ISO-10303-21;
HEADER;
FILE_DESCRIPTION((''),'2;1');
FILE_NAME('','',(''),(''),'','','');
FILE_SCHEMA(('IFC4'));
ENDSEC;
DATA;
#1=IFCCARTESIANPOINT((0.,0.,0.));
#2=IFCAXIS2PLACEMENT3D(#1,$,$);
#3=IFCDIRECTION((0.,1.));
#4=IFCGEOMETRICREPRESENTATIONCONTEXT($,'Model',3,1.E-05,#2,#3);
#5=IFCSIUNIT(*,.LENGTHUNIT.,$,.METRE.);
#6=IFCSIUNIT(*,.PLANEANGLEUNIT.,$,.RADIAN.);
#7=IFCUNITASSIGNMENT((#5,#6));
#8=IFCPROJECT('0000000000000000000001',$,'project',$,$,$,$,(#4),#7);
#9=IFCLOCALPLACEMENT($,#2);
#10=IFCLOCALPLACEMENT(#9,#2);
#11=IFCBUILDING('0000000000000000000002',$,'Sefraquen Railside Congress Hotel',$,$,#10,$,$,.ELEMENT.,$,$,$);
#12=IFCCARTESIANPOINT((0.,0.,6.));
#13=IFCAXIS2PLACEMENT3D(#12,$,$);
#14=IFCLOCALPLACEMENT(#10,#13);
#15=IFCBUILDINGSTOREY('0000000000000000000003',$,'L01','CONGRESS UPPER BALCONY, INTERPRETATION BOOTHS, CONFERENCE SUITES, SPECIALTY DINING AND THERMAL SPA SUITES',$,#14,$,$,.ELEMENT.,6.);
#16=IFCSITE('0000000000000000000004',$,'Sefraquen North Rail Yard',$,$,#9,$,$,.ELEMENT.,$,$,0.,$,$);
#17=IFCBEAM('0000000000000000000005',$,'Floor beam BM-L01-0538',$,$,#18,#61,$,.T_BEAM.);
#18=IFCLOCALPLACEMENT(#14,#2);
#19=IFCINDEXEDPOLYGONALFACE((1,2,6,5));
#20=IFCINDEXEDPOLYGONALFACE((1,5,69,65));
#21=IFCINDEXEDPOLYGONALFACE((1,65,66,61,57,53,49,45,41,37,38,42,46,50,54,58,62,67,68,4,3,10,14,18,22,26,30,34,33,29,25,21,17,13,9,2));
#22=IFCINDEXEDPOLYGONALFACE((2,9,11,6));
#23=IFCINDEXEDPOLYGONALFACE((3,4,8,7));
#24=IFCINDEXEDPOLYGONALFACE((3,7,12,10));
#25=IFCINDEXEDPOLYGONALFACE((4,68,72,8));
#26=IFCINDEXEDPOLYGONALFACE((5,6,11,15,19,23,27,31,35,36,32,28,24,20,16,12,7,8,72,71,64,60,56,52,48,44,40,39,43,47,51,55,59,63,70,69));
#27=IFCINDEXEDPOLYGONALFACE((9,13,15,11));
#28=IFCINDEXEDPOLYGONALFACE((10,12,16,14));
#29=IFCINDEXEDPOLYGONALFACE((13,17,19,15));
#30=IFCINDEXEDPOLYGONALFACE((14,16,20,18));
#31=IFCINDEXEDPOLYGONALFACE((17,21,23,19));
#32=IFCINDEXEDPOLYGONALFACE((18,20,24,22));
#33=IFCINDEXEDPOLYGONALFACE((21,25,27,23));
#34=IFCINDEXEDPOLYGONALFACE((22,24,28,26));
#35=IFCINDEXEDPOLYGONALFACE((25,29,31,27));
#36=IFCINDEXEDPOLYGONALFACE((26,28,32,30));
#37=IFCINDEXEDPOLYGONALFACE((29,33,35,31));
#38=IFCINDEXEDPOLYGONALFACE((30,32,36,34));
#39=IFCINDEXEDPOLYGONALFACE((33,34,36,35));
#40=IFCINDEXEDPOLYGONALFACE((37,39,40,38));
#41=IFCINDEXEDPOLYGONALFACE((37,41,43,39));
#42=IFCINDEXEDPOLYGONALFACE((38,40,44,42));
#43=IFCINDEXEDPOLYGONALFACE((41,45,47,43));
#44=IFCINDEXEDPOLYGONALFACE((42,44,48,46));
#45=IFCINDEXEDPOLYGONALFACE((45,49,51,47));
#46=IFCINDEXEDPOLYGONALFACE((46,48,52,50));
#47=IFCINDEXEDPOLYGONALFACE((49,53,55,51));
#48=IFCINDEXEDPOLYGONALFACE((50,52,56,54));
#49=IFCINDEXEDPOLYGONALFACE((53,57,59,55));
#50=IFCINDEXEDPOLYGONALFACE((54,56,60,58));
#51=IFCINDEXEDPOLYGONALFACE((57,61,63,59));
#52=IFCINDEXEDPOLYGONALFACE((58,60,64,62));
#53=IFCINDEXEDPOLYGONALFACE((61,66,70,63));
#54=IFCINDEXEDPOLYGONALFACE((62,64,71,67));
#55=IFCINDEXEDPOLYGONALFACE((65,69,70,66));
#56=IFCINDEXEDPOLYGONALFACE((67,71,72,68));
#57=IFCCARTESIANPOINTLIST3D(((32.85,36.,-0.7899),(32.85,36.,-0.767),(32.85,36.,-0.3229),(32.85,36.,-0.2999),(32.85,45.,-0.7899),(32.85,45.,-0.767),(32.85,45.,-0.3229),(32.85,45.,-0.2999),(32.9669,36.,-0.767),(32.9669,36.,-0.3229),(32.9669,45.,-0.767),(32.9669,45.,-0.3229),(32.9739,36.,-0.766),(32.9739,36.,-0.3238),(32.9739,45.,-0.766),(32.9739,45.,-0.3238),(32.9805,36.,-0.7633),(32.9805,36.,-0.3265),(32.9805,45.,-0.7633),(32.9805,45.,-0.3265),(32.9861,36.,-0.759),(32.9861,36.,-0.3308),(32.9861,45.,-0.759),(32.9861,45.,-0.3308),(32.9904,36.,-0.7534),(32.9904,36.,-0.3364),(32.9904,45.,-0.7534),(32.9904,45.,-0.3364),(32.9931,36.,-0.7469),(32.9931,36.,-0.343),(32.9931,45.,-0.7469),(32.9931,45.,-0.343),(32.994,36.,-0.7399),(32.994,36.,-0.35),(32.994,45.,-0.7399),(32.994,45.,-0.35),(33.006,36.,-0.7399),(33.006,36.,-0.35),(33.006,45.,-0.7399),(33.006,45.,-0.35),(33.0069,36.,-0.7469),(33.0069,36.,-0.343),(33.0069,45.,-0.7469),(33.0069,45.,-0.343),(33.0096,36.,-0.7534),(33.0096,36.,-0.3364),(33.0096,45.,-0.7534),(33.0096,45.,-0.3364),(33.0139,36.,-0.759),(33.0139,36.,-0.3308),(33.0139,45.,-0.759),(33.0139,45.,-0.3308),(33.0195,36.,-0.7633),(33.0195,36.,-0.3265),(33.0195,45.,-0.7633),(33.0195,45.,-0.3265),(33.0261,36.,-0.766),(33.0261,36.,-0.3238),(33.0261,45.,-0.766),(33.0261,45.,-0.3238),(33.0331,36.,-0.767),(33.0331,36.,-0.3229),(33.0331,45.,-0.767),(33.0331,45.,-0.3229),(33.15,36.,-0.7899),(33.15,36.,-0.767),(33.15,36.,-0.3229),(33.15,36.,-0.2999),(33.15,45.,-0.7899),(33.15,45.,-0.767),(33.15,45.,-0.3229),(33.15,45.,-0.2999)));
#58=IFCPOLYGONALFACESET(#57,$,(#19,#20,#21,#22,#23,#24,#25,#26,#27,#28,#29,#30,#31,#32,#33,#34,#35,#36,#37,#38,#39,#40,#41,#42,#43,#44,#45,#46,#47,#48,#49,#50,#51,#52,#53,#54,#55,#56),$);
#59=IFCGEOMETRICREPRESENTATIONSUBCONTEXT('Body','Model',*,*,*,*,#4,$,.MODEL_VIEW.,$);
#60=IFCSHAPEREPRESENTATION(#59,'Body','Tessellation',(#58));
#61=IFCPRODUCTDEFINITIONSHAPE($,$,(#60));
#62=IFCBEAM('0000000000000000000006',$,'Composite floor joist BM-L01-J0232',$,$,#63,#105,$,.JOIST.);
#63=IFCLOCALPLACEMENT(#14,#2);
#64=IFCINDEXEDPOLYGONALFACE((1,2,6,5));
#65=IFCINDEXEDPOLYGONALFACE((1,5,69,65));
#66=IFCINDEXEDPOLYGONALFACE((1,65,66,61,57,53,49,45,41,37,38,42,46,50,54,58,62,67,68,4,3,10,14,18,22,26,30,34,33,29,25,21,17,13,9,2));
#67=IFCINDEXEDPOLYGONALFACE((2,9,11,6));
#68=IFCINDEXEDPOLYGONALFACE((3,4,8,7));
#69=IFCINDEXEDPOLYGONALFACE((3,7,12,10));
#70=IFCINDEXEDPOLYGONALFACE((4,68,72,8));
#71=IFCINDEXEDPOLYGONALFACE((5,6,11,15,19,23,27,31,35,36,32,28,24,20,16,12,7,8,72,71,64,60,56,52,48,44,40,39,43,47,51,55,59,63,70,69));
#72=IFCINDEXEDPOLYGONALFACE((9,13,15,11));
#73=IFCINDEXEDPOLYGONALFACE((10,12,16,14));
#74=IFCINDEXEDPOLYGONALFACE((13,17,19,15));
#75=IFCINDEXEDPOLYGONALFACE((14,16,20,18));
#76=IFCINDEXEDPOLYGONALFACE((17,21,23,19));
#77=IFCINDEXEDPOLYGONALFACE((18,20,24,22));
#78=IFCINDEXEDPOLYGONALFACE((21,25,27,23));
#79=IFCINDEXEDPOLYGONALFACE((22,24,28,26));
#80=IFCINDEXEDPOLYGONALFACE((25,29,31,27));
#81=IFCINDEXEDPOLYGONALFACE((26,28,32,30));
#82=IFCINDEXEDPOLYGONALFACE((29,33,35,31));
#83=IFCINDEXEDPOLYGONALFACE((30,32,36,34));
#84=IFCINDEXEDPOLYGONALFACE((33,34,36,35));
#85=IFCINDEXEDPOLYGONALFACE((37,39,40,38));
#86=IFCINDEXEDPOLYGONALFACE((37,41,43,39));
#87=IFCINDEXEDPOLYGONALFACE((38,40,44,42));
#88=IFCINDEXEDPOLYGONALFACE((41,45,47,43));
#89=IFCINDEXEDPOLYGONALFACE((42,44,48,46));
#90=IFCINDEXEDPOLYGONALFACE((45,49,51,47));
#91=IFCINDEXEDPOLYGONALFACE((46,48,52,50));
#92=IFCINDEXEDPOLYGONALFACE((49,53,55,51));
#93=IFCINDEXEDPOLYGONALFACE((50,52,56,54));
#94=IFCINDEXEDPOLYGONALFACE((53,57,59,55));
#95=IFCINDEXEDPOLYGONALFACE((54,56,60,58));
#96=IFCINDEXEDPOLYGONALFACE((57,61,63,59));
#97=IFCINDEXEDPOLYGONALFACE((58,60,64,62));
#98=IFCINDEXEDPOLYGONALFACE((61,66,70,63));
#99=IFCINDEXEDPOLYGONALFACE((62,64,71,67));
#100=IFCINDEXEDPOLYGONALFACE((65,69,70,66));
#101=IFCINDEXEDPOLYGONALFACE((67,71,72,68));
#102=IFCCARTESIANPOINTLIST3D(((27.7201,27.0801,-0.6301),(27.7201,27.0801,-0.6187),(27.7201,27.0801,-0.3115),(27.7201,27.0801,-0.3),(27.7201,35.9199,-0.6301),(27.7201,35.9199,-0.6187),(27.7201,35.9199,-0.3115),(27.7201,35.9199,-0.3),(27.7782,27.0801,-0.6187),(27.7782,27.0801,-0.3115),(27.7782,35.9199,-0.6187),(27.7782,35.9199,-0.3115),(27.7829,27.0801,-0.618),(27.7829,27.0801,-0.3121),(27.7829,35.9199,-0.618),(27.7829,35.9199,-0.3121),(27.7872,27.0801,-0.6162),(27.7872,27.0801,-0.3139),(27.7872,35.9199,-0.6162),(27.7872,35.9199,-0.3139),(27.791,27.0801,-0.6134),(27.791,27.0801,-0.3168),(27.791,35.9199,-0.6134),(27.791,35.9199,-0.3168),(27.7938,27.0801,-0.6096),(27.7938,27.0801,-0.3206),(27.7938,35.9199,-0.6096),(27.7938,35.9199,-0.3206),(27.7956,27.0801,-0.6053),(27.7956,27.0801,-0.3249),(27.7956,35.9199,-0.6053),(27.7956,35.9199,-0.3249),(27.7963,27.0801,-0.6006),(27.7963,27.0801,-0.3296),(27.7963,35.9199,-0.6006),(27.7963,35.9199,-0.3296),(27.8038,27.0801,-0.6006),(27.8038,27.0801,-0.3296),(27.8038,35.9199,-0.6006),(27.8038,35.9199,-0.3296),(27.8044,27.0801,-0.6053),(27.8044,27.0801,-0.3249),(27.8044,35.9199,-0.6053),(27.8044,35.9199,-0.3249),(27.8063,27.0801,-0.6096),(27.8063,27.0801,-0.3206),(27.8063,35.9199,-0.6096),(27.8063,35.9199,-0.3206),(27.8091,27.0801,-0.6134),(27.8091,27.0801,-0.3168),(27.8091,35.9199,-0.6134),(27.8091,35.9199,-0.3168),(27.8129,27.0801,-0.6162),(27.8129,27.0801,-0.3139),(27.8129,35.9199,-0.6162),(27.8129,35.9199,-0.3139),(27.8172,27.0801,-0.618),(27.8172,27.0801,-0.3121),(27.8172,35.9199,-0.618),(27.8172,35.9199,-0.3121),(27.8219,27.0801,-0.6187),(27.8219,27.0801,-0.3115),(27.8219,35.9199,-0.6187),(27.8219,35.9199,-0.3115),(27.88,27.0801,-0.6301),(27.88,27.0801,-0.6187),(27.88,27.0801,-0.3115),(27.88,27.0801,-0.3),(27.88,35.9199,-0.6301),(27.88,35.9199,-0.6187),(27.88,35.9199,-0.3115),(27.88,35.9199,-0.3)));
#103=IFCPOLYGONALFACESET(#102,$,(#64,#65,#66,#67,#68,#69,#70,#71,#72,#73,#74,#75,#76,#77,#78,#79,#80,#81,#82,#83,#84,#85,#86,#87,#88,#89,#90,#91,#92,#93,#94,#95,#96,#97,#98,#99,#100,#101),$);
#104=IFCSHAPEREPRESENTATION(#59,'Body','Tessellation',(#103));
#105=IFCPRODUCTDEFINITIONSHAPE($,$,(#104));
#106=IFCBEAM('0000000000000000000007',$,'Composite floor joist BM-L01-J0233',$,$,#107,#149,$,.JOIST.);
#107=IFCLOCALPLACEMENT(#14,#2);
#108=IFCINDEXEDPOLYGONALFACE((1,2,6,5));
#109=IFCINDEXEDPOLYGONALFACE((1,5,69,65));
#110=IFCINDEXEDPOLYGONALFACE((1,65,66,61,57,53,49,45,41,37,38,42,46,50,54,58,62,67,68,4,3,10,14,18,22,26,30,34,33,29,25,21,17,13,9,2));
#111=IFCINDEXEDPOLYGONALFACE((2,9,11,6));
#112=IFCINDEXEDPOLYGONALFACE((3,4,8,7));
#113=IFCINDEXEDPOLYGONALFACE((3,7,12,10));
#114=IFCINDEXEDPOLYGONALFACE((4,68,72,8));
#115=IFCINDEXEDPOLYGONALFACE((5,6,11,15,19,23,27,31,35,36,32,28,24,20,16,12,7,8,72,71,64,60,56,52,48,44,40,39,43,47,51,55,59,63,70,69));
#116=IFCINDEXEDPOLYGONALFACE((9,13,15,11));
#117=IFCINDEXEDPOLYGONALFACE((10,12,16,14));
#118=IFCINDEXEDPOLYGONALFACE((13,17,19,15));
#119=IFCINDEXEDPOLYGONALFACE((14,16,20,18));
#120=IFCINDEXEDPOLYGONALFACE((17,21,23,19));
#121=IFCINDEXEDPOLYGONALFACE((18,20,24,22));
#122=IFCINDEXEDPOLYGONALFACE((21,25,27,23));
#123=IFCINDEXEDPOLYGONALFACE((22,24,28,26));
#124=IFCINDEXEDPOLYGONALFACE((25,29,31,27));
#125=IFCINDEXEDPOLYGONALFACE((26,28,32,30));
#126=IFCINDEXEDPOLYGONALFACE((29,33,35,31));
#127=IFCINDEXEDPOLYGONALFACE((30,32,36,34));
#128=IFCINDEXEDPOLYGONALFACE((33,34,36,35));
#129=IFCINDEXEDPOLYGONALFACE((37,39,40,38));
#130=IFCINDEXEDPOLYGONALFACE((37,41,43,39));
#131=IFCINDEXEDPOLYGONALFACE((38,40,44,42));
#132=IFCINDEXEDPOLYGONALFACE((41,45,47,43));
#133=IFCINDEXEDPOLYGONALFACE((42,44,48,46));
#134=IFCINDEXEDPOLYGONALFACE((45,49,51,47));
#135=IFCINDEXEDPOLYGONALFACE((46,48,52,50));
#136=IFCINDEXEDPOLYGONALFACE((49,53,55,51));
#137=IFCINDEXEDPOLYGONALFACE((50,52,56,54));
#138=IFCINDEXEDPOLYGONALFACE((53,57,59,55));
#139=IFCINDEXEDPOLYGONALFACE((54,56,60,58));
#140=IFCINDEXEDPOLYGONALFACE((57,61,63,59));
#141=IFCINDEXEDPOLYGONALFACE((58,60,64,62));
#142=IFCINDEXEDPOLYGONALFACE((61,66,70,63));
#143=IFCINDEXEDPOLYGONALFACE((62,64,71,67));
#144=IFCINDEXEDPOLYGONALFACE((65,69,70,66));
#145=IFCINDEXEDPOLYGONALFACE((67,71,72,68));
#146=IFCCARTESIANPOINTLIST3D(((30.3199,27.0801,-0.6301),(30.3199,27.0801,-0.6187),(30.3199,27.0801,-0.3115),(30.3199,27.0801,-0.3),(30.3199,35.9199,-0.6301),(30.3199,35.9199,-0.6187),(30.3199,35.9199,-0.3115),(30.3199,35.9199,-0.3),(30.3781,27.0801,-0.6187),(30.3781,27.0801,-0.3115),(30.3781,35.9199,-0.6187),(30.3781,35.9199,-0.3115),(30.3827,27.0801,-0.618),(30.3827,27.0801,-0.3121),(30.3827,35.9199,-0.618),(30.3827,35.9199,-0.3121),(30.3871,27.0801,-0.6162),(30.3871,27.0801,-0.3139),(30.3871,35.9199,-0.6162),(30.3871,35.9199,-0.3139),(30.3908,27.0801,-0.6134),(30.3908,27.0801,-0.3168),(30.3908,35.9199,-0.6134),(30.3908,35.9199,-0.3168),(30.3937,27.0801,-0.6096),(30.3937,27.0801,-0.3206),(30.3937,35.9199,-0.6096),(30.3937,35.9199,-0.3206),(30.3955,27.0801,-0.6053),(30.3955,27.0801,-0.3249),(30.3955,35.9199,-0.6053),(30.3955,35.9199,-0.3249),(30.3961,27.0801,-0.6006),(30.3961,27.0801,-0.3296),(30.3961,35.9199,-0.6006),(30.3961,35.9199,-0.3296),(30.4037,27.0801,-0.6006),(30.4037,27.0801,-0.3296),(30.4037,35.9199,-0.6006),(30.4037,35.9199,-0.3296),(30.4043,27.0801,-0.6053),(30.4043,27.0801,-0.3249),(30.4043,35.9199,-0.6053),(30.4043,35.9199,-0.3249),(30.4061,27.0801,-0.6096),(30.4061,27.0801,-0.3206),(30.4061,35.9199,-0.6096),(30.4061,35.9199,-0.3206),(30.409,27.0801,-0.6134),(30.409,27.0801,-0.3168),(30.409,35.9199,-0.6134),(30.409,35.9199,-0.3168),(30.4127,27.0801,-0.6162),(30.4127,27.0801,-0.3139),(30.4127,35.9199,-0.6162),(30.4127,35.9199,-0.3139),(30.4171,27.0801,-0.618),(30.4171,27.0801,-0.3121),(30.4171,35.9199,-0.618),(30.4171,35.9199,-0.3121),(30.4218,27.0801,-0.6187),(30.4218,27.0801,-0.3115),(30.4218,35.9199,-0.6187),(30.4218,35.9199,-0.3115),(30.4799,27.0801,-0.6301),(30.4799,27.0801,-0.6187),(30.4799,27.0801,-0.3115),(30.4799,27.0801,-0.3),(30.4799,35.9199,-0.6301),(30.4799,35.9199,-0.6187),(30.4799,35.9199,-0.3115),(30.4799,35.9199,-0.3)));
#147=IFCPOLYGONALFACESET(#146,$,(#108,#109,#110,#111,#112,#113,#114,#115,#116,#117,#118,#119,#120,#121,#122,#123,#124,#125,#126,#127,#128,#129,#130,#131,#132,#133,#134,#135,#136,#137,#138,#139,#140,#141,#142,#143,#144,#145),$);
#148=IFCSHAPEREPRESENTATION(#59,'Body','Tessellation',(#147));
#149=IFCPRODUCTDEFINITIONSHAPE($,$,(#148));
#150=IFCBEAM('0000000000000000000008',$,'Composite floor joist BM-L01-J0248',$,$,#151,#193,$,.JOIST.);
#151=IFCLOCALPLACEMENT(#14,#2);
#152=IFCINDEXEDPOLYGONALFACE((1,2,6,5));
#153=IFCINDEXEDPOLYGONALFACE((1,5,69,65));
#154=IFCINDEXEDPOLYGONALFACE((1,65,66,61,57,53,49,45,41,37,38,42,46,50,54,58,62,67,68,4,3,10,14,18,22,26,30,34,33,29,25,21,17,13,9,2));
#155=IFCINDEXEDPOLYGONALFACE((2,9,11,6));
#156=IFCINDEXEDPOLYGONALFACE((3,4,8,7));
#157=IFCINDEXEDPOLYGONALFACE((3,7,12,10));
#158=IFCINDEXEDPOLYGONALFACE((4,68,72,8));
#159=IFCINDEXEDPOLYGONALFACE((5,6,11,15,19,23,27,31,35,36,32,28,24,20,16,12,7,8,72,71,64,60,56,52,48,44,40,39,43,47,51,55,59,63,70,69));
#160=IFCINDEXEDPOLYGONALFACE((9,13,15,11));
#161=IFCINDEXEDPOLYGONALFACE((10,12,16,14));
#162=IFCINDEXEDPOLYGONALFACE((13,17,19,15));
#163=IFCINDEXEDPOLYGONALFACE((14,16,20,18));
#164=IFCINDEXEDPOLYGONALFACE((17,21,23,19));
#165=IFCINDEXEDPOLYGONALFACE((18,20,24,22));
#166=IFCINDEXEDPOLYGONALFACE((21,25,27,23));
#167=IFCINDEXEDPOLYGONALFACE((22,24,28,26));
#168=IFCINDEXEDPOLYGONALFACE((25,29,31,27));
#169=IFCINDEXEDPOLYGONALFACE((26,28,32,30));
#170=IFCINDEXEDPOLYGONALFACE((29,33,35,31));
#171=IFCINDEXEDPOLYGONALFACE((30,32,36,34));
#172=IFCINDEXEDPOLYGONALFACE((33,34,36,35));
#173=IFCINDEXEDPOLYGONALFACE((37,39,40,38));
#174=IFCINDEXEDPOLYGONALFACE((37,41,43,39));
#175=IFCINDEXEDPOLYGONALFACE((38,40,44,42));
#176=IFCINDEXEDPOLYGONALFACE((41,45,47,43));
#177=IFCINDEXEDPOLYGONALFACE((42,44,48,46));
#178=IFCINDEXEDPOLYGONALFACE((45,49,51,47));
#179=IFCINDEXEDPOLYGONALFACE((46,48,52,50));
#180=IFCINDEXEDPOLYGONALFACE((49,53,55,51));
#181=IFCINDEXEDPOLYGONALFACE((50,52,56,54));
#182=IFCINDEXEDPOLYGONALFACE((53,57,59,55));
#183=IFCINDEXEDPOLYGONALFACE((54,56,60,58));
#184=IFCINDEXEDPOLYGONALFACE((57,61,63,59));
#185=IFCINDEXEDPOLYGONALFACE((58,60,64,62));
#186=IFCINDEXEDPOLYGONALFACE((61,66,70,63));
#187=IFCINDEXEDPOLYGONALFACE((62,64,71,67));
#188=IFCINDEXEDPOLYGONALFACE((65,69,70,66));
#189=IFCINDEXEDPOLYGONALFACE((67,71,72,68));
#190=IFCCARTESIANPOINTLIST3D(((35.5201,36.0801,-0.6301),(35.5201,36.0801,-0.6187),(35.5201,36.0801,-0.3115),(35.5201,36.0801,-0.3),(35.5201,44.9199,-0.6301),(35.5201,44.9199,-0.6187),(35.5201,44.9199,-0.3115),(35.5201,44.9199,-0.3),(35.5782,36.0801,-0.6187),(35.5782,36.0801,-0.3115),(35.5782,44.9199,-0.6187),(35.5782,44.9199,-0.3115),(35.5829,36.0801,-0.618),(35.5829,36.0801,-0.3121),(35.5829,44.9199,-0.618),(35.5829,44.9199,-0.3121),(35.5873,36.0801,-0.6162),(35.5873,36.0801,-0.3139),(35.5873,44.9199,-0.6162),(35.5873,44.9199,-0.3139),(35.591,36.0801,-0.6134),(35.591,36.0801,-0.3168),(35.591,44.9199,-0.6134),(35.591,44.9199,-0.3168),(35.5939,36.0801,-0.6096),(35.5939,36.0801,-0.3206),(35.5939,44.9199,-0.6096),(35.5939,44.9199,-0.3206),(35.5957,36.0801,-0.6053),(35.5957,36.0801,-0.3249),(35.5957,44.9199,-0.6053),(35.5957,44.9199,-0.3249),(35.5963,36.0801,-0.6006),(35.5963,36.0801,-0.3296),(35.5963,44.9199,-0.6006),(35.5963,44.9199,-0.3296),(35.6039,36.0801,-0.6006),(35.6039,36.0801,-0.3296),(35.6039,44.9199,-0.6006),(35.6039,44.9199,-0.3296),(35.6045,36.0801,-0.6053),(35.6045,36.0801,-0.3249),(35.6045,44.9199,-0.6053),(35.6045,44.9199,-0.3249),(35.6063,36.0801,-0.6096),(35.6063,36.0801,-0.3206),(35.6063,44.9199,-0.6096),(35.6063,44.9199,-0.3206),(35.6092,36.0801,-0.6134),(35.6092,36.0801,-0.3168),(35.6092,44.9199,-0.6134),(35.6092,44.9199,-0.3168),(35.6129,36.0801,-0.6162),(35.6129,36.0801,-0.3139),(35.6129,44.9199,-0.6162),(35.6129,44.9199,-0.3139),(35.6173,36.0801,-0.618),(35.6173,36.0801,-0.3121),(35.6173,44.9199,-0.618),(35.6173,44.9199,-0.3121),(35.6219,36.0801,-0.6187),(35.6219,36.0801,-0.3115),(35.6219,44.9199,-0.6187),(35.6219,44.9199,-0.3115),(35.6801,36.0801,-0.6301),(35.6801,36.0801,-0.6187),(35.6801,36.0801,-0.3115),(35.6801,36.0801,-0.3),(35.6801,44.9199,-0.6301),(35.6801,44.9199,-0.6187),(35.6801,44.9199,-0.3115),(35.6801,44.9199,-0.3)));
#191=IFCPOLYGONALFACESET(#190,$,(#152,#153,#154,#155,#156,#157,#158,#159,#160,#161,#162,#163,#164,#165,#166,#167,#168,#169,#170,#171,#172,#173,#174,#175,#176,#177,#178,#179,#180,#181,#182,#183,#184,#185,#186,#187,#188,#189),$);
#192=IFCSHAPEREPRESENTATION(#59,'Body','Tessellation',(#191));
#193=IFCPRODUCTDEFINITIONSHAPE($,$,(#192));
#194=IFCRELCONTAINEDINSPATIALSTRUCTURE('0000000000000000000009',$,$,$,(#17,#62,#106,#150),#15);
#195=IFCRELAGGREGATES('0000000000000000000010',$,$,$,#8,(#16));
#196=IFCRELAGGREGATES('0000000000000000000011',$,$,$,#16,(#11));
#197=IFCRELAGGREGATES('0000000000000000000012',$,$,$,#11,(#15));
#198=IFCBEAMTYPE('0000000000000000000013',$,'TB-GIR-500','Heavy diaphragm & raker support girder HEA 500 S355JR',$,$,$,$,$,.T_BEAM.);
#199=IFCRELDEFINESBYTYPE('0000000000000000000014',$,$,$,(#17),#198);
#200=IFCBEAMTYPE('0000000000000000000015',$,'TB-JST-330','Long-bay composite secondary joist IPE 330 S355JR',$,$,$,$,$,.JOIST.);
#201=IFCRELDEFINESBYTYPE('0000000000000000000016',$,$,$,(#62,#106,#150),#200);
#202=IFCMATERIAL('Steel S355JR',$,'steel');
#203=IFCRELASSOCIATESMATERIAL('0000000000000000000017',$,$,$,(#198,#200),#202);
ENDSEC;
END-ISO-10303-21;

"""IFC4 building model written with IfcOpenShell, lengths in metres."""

from ifc_helpers import new_model, si_unit, direction, frame, origin, origin_2d, place, context, subcontext, project, spatial, i_section, extrude, material, material_profile, profile_set, type_object, element, save


model = new_model("IFC4")

# Units and contexts
model_context = context("Model", 3, precision=1e-05, world=origin(), true_north=direction((0.0, 1.0)))
body_context = subcontext(model_context, "Body", "Model", "MODEL_VIEW")
ifc_project = project(units=[si_unit("LENGTHUNIT", "METRE"), si_unit("PLANEANGLEUNIT", "RADIAN")], contexts=[model_context])

# Site, building, storey
site_placement = place(None, origin())
site = spatial("IfcSite", under=ifc_project, at=site_placement, Name="Sefraquen North Rail Yard", CompositionType="ELEMENT", RefElevation=0.0)
building_placement = place(site_placement, origin())
building = spatial("IfcBuilding", under=site, at=building_placement, Name="Sefraquen Railside Congress Hotel", CompositionType="ELEMENT")
storey_placement = place(building_placement, frame((0.0, 0.0, 6.0)))
storey = spatial("IfcBuildingStorey", under=building, at=storey_placement, Name="L01", Description="CONGRESS UPPER BALCONY, INTERPRETATION BOOTHS, CONFERENCE SUITES, SPECIALTY DINING AND THERMAL SPA SUITES", CompositionType="ELEMENT", Elevation=6.0)

# Shared definitions
ifc_material_1 = material(Name="Steel S355JR", Category="steel")

# Beams
ifc_material_profile_1 = material_profile(ifc_material_1, i_section(OverallWidth=0.3, OverallDepth=0.49, WebThickness=0.012, FlangeThickness=0.0229, FilletRadius=0.0271, at=origin_2d()), Name="HEA 500")
ifc_profile_set_1 = profile_set([ifc_material_profile_1], Name="Steel S355JR")
beam_type_1 = type_object("IfcBeamType", Name="TB-GIR-500", Description="Heavy diaphragm & raker support girder HEA 500 S355JR", PredefinedType="T_BEAM", material=ifc_profile_set_1)
for number, where, z_axis, x_axis, name in (
    (1, (33.0, 36.0, -0.5449), (0.0, 1.0, 0.0), (-1.0, 0.0, 0.0), "Floor beam BM-L01-0538"),
):
    element("IfcBeam", number, at=place(storey_placement, frame(where, z_axis=z_axis, x_axis=x_axis)), inside=storey, type_object=beam_type_1, Name=name, PredefinedType="T_BEAM", context=body_context, shape_type="SweptSolid", body=[
        extrude(i_section(OverallWidth=0.3, OverallDepth=0.49, WebThickness=0.012, FlangeThickness=0.0229, FilletRadius=0.0271, at=origin_2d()), origin(), (0.0, 0.0, 1.0), 9.0),
    ])
ifc_material_profile_2 = material_profile(ifc_material_1, i_section(OverallWidth=0.1599, OverallDepth=0.3301, WebThickness=0.0076, FlangeThickness=0.0115, FilletRadius=0.0181, at=origin_2d()), Name="IPE 330")
ifc_profile_set_2 = profile_set([ifc_material_profile_2], Name="Steel S355JR")
beam_type_2 = type_object("IfcBeamType", Name="TB-JST-330", Description="Long-bay composite secondary joist IPE 330 S355JR", PredefinedType="JOIST", material=ifc_profile_set_2)
for number, where, z_axis, x_axis, name in (
    (2, (27.8, 27.0801, -0.4651), (0.0, 1.0, 0.0), (-1.0, 0.0, 0.0), "Composite floor joist BM-L01-J0232"),
    (3, (30.3999, 27.0801, -0.4651), (0.0, 1.0, 0.0), (-1.0, 0.0, 0.0), "Composite floor joist BM-L01-J0233"),
    (4, (35.6001, 36.0801, -0.4651), (0.0, 1.0, 0.0), (-1.0, 0.0, 0.0), "Composite floor joist BM-L01-J0248"),
):
    element("IfcBeam", number, at=place(storey_placement, frame(where, z_axis=z_axis, x_axis=x_axis)), inside=storey, type_object=beam_type_2, Name=name, PredefinedType="JOIST", context=body_context, shape_type="SweptSolid", body=[
        extrude(i_section(OverallWidth=0.1599, OverallDepth=0.3301, WebThickness=0.0076, FlangeThickness=0.0115, FilletRadius=0.0181, at=origin_2d()), origin(), (0.0, 0.0, 1.0), 8.8398),
    ])

save(model, "model.ifc")
